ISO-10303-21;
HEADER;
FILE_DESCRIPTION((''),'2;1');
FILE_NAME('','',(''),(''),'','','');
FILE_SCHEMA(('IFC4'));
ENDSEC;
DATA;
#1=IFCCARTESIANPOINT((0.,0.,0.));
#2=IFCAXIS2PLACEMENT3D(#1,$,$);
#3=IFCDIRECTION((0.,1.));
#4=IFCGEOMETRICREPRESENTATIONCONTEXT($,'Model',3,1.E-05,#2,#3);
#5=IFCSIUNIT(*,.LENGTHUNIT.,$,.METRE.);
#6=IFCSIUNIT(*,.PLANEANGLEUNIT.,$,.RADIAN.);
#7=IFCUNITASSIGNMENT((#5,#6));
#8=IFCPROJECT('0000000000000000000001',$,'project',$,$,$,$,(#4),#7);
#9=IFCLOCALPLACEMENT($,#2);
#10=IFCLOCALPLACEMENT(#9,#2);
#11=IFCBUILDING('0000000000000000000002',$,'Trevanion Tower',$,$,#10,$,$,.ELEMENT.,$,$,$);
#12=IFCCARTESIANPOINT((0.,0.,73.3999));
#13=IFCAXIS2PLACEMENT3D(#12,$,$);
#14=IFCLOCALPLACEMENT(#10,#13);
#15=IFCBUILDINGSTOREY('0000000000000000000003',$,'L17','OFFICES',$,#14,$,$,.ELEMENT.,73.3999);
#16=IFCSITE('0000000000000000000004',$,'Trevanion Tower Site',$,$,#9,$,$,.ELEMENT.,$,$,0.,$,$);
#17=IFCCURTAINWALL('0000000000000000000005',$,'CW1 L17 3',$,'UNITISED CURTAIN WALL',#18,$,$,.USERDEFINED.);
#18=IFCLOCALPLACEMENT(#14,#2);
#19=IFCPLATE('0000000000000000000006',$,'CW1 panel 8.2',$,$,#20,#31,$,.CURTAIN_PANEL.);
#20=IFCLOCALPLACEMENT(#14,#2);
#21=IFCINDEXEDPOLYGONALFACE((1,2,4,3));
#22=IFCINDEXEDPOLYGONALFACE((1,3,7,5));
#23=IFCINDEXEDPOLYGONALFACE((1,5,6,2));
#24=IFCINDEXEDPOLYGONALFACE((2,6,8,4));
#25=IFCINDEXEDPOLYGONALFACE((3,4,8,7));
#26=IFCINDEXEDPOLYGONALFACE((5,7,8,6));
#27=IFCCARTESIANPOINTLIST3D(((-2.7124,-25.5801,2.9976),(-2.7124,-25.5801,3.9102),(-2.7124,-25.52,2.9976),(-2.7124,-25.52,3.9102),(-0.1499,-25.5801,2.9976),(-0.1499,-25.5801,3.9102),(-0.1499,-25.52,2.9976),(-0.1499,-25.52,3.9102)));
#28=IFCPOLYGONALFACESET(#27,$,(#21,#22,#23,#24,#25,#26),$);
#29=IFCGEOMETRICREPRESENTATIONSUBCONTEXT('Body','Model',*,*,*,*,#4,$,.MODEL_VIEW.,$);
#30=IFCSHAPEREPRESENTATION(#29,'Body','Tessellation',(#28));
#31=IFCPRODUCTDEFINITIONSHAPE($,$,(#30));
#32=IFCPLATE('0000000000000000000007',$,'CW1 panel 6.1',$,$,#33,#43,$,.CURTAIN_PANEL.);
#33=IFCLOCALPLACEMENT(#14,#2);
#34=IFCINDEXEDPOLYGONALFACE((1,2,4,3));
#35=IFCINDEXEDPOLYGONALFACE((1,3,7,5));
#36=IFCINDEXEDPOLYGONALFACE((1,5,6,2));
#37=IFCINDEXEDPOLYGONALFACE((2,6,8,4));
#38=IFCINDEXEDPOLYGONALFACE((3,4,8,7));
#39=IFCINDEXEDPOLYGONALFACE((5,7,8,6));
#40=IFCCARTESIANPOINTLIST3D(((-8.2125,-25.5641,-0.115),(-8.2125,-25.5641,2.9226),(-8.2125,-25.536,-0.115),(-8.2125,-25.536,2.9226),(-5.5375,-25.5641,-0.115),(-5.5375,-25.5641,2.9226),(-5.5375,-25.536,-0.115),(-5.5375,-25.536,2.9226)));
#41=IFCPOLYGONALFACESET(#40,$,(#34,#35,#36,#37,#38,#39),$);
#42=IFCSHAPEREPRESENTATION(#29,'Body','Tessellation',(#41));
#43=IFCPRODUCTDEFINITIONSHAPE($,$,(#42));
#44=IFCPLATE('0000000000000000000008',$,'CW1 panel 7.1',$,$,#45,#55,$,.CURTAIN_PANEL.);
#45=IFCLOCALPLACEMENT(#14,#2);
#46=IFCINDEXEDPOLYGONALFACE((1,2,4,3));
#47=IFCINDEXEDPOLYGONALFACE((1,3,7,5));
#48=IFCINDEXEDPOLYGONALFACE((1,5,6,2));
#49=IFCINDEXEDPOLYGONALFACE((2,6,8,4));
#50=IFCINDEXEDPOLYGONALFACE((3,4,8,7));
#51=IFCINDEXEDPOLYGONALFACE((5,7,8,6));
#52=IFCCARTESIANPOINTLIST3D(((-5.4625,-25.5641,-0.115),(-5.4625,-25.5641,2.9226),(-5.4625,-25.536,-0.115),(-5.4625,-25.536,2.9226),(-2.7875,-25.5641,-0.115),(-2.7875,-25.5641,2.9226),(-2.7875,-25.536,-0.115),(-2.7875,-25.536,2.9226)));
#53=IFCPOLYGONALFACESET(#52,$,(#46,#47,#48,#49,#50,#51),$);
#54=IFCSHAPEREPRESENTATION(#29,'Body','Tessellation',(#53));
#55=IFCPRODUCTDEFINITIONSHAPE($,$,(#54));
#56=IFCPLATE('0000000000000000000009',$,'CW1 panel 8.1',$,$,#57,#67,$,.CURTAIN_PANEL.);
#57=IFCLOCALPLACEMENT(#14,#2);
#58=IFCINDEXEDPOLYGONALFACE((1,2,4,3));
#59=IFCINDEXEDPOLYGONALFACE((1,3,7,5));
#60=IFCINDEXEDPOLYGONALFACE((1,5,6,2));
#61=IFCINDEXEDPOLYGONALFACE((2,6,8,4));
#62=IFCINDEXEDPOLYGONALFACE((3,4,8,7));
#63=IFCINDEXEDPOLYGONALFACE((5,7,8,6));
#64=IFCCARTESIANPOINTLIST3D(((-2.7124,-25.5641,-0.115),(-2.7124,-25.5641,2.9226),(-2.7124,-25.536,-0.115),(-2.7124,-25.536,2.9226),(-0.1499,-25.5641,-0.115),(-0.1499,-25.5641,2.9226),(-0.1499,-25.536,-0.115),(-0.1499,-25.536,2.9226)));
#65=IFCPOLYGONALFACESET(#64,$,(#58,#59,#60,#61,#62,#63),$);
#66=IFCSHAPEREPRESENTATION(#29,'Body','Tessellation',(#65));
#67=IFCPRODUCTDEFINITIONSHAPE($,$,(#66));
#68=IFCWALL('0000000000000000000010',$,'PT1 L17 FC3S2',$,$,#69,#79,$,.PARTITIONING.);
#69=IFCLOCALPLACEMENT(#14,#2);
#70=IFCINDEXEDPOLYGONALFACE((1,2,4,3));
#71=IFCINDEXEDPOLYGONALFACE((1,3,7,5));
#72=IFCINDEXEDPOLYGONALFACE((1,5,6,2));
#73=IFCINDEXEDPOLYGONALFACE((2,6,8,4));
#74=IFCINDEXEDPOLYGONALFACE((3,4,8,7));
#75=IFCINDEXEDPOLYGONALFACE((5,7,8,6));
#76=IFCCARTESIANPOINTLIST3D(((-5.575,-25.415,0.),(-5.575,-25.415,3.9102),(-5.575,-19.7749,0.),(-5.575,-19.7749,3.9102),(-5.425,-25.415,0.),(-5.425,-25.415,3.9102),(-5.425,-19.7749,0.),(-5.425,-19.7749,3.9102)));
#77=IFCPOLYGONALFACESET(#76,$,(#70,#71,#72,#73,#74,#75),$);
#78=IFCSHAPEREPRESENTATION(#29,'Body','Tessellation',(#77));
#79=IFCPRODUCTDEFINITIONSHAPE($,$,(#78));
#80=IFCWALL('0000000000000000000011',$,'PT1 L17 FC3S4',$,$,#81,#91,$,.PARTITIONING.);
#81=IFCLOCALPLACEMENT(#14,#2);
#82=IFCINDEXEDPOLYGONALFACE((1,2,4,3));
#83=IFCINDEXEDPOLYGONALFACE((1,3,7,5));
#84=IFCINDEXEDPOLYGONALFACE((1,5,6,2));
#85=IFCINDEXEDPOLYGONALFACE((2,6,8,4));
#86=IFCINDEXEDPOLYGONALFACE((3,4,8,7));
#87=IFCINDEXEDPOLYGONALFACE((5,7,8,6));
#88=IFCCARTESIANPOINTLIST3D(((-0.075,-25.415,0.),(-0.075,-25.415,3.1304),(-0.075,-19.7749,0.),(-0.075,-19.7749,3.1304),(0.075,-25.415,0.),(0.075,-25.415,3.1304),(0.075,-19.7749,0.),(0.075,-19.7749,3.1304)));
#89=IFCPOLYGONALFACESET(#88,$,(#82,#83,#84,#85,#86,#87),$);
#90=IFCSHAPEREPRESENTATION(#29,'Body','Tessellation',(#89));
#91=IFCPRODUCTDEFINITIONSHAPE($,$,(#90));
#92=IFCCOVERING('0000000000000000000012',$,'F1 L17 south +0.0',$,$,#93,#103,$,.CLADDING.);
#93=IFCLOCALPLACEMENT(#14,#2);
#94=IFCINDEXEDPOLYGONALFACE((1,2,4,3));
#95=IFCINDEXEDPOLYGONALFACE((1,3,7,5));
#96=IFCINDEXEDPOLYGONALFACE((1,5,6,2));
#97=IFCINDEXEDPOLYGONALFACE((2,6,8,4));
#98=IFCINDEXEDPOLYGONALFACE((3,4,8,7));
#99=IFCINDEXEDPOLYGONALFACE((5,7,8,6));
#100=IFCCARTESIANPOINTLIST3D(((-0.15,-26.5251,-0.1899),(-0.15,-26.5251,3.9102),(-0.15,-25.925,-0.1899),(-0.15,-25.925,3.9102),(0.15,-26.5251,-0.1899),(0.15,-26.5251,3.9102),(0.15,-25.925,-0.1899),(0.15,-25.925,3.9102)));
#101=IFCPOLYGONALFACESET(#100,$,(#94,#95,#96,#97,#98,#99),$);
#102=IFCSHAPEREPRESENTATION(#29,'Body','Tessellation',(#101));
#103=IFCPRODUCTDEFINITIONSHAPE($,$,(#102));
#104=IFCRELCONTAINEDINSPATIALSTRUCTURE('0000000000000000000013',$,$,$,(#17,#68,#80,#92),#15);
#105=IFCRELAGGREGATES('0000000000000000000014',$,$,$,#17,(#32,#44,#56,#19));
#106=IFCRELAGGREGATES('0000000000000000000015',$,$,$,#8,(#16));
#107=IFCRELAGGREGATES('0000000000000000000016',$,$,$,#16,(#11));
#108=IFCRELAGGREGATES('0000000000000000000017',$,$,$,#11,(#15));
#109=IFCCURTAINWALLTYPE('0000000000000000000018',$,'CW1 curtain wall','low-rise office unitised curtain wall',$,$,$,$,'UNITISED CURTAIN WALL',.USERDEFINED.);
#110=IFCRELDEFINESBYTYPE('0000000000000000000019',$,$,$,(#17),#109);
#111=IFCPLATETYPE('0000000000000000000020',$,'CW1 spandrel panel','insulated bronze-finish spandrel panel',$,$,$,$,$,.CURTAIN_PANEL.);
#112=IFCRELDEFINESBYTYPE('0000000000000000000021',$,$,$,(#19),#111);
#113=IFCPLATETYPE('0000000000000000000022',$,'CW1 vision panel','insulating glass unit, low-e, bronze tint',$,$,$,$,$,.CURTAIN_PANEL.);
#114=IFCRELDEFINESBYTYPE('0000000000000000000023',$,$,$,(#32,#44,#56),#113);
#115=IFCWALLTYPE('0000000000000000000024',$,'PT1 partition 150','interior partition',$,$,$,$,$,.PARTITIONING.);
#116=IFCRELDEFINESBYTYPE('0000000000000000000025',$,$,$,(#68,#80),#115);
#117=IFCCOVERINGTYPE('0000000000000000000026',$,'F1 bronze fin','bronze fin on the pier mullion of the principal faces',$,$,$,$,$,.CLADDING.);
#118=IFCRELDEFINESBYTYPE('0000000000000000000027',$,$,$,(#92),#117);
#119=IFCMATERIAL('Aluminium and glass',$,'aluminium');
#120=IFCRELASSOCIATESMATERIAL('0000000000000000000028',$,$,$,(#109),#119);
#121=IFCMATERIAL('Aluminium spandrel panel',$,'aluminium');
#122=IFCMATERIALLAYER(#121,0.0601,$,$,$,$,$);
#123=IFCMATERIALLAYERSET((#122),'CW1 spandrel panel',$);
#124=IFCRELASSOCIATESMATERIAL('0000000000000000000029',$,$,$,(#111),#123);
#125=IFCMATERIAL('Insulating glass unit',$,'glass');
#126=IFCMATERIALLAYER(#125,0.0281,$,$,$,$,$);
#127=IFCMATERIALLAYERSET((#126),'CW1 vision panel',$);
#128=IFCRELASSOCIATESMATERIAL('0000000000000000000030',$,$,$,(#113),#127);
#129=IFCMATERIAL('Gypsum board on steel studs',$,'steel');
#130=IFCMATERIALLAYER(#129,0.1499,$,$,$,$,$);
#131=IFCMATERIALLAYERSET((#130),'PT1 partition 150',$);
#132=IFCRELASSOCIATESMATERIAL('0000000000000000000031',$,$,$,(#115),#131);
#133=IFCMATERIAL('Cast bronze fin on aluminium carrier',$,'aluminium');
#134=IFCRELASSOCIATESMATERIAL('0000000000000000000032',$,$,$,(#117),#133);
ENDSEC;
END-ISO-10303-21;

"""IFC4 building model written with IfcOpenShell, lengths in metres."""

from ifc_helpers import new_model, si_unit, direction, frame, frame_2d, origin, origin_2d, place, context, subcontext, project, spatial, rectangle, extrude, material, layer, layer_set, type_object, element, aggregate, save


model = new_model("IFC4")

# Units and contexts
model_context = context("Model", 3, precision=1e-05, world=origin(), true_north=direction((0.0, 1.0)))
body_context = subcontext(model_context, "Body", "Model", "MODEL_VIEW")
ifc_project = project(units=[si_unit("LENGTHUNIT", "METRE"), si_unit("PLANEANGLEUNIT", "RADIAN")], contexts=[model_context])

# Site, building, storey
site_placement = place(None, origin())
site = spatial("IfcSite", under=ifc_project, at=site_placement, Name="Trevanion Tower Site", CompositionType="ELEMENT", RefElevation=0.0)
building_placement = place(site_placement, origin())
building = spatial("IfcBuilding", under=site, at=building_placement, Name="Trevanion Tower", CompositionType="ELEMENT")
storey_placement = place(building_placement, frame((0.0, 0.0, 73.3999)))
storey = spatial("IfcBuildingStorey", under=building, at=storey_placement, Name="L17", Description="OFFICES", CompositionType="ELEMENT", Elevation=73.3999)

# Curtain wall
ifc_material_1 = material(Name="Aluminium and glass", Category="aluminium")
curtain_wall_type = type_object("IfcCurtainWallType", Name="CW1 curtain wall", Description="low-rise office unitised curtain wall", ElementType="UNITISED CURTAIN WALL", PredefinedType="USERDEFINED", material=ifc_material_1)
curtain_wall_placement = place(storey_placement, origin())
curtain_wall = element("IfcCurtainWall", 1, at=curtain_wall_placement, inside=storey, type_object=curtain_wall_type, Name="CW1 L17 3", ObjectType="UNITISED CURTAIN WALL", PredefinedType="USERDEFINED")

# Plates
ifc_material_2 = material(Name="Aluminium spandrel panel", Category="aluminium")
ifc_layer_1 = layer(ifc_material_2, 0.0601)
ifc_layer_set_1 = layer_set([ifc_layer_1], Name="CW1 spandrel panel")
plate_type_1 = type_object("IfcPlateType", Name="CW1 spandrel panel", Description="insulated bronze-finish spandrel panel", PredefinedType="CURTAIN_PANEL", material=ifc_layer_set_1)
plate_1_placement = place(storey_placement, frame((-1.4312, -25.55, 2.9976), z_axis=(0.0, 0.0, 1.0), x_axis=(1.0, 0.0, 0.0)))
plate_1 = element("IfcPlate", 2, at=plate_1_placement, type_object=plate_type_1, Name="CW1 panel 8.2", PredefinedType="CURTAIN_PANEL", context=body_context, shape_type="SweptSolid", body=[
    extrude(rectangle(XDim=2.5625, YDim=0.0601, at=origin_2d()), origin(), (0.0, 0.0, 1.0), 0.9126),
])
ifc_material_3 = material(Name="Insulating glass unit", Category="glass")
ifc_layer_2 = layer(ifc_material_3, 0.0281)
ifc_layer_set_2 = layer_set([ifc_layer_2], Name="CW1 vision panel")
plate_type_2 = type_object("IfcPlateType", Name="CW1 vision panel", Description="insulating glass unit, low-e, bronze tint", PredefinedType="CURTAIN_PANEL", material=ifc_layer_set_2)
plate_2_placement = place(storey_placement, frame((-6.875, -25.55, -0.115), z_axis=(0.0, 0.0, 1.0), x_axis=(1.0, 0.0, 0.0)))
plate_2 = element("IfcPlate", 3, at=plate_2_placement, type_object=plate_type_2, Name="CW1 panel 6.1", PredefinedType="CURTAIN_PANEL", context=body_context, shape_type="SweptSolid", body=[
    extrude(rectangle(XDim=2.675, YDim=0.0281, at=origin_2d()), origin(), (0.0, 0.0, 1.0), 3.0376),
])
plate_3_placement = place(storey_placement, frame((-4.125, -25.55, -0.115), z_axis=(0.0, 0.0, 1.0), x_axis=(1.0, 0.0, 0.0)))
plate_3 = element("IfcPlate", 4, at=plate_3_placement, type_object=plate_type_2, Name="CW1 panel 7.1", PredefinedType="CURTAIN_PANEL", context=body_context, shape_type="SweptSolid", body=[
    extrude(rectangle(XDim=2.675, YDim=0.0281, at=origin_2d()), origin(), (0.0, 0.0, 1.0), 3.0376),
])
plate_4_placement = place(storey_placement, frame((-1.4312, -25.55, -0.115), z_axis=(0.0, 0.0, 1.0), x_axis=(1.0, 0.0, 0.0)))
plate_4 = element("IfcPlate", 5, at=plate_4_placement, type_object=plate_type_2, Name="CW1 panel 8.1", PredefinedType="CURTAIN_PANEL", context=body_context, shape_type="SweptSolid", body=[
    extrude(rectangle(XDim=2.5625, YDim=0.0281, at=origin_2d()), origin(), (0.0, 0.0, 1.0), 3.0376),
])
aggregate(curtain_wall, [plate_2, plate_3, plate_4, plate_1])

# Walls
ifc_material_4 = material(Name="Gypsum board on steel studs", Category="steel")
ifc_layer_3 = layer(ifc_material_4, 0.1499)
ifc_layer_set_3 = layer_set([ifc_layer_3], Name="PT1 partition 150")
wall_type = type_object("IfcWallType", Name="PT1 partition 150", Description="interior partition", PredefinedType="PARTITIONING", material=ifc_layer_set_3)
wall_1_placement = place(storey_placement, frame((-5.5, -19.7749, 0.0), z_axis=(0.0, 0.0, 1.0), x_axis=(0.0, -1.0, 0.0)))
element("IfcWall", 6, at=wall_1_placement, inside=storey, type_object=wall_type, Name="PT1 L17 FC3S2", PredefinedType="PARTITIONING", context=body_context, shape_type="SweptSolid", body=[
    extrude(rectangle(XDim=5.6401, YDim=0.1499, at=frame_2d((2.8201, 0.0))), origin(), (0.0, 0.0, 1.0), 3.9102),
])
wall_2_placement = place(storey_placement, frame((0.0, -19.7749, 0.0), z_axis=(0.0, 0.0, 1.0), x_axis=(0.0, -1.0, 0.0)))
element("IfcWall", 7, at=wall_2_placement, inside=storey, type_object=wall_type, Name="PT1 L17 FC3S4", PredefinedType="PARTITIONING", context=body_context, shape_type="SweptSolid", body=[
    extrude(rectangle(XDim=5.6401, YDim=0.1499, at=frame_2d((2.8201, 0.0))), origin(), (0.0, 0.0, 1.0), 3.1304),
])

# Covering
ifc_material_5 = material(Name="Cast bronze fin on aluminium carrier", Category="aluminium")
covering_type = type_object("IfcCoveringType", Name="F1 bronze fin", Description="bronze fin on the pier mullion of the principal faces", PredefinedType="CLADDING", material=ifc_material_5)
covering_placement = place(storey_placement, frame((0.0, -26.2251, -0.1899), z_axis=(0.0, 0.0, 1.0), x_axis=(1.0, 0.0, 0.0)))
element("IfcCovering", 8, at=covering_placement, inside=storey, type_object=covering_type, Name="F1 L17 south +0.0", PredefinedType="CLADDING", context=body_context, shape_type="SweptSolid", body=[
    extrude(rectangle(XDim=0.3, YDim=0.6001, at=origin_2d()), origin(), (0.0, 0.0, 1.0), 4.1001),
])

save(model, "model.ifc")
